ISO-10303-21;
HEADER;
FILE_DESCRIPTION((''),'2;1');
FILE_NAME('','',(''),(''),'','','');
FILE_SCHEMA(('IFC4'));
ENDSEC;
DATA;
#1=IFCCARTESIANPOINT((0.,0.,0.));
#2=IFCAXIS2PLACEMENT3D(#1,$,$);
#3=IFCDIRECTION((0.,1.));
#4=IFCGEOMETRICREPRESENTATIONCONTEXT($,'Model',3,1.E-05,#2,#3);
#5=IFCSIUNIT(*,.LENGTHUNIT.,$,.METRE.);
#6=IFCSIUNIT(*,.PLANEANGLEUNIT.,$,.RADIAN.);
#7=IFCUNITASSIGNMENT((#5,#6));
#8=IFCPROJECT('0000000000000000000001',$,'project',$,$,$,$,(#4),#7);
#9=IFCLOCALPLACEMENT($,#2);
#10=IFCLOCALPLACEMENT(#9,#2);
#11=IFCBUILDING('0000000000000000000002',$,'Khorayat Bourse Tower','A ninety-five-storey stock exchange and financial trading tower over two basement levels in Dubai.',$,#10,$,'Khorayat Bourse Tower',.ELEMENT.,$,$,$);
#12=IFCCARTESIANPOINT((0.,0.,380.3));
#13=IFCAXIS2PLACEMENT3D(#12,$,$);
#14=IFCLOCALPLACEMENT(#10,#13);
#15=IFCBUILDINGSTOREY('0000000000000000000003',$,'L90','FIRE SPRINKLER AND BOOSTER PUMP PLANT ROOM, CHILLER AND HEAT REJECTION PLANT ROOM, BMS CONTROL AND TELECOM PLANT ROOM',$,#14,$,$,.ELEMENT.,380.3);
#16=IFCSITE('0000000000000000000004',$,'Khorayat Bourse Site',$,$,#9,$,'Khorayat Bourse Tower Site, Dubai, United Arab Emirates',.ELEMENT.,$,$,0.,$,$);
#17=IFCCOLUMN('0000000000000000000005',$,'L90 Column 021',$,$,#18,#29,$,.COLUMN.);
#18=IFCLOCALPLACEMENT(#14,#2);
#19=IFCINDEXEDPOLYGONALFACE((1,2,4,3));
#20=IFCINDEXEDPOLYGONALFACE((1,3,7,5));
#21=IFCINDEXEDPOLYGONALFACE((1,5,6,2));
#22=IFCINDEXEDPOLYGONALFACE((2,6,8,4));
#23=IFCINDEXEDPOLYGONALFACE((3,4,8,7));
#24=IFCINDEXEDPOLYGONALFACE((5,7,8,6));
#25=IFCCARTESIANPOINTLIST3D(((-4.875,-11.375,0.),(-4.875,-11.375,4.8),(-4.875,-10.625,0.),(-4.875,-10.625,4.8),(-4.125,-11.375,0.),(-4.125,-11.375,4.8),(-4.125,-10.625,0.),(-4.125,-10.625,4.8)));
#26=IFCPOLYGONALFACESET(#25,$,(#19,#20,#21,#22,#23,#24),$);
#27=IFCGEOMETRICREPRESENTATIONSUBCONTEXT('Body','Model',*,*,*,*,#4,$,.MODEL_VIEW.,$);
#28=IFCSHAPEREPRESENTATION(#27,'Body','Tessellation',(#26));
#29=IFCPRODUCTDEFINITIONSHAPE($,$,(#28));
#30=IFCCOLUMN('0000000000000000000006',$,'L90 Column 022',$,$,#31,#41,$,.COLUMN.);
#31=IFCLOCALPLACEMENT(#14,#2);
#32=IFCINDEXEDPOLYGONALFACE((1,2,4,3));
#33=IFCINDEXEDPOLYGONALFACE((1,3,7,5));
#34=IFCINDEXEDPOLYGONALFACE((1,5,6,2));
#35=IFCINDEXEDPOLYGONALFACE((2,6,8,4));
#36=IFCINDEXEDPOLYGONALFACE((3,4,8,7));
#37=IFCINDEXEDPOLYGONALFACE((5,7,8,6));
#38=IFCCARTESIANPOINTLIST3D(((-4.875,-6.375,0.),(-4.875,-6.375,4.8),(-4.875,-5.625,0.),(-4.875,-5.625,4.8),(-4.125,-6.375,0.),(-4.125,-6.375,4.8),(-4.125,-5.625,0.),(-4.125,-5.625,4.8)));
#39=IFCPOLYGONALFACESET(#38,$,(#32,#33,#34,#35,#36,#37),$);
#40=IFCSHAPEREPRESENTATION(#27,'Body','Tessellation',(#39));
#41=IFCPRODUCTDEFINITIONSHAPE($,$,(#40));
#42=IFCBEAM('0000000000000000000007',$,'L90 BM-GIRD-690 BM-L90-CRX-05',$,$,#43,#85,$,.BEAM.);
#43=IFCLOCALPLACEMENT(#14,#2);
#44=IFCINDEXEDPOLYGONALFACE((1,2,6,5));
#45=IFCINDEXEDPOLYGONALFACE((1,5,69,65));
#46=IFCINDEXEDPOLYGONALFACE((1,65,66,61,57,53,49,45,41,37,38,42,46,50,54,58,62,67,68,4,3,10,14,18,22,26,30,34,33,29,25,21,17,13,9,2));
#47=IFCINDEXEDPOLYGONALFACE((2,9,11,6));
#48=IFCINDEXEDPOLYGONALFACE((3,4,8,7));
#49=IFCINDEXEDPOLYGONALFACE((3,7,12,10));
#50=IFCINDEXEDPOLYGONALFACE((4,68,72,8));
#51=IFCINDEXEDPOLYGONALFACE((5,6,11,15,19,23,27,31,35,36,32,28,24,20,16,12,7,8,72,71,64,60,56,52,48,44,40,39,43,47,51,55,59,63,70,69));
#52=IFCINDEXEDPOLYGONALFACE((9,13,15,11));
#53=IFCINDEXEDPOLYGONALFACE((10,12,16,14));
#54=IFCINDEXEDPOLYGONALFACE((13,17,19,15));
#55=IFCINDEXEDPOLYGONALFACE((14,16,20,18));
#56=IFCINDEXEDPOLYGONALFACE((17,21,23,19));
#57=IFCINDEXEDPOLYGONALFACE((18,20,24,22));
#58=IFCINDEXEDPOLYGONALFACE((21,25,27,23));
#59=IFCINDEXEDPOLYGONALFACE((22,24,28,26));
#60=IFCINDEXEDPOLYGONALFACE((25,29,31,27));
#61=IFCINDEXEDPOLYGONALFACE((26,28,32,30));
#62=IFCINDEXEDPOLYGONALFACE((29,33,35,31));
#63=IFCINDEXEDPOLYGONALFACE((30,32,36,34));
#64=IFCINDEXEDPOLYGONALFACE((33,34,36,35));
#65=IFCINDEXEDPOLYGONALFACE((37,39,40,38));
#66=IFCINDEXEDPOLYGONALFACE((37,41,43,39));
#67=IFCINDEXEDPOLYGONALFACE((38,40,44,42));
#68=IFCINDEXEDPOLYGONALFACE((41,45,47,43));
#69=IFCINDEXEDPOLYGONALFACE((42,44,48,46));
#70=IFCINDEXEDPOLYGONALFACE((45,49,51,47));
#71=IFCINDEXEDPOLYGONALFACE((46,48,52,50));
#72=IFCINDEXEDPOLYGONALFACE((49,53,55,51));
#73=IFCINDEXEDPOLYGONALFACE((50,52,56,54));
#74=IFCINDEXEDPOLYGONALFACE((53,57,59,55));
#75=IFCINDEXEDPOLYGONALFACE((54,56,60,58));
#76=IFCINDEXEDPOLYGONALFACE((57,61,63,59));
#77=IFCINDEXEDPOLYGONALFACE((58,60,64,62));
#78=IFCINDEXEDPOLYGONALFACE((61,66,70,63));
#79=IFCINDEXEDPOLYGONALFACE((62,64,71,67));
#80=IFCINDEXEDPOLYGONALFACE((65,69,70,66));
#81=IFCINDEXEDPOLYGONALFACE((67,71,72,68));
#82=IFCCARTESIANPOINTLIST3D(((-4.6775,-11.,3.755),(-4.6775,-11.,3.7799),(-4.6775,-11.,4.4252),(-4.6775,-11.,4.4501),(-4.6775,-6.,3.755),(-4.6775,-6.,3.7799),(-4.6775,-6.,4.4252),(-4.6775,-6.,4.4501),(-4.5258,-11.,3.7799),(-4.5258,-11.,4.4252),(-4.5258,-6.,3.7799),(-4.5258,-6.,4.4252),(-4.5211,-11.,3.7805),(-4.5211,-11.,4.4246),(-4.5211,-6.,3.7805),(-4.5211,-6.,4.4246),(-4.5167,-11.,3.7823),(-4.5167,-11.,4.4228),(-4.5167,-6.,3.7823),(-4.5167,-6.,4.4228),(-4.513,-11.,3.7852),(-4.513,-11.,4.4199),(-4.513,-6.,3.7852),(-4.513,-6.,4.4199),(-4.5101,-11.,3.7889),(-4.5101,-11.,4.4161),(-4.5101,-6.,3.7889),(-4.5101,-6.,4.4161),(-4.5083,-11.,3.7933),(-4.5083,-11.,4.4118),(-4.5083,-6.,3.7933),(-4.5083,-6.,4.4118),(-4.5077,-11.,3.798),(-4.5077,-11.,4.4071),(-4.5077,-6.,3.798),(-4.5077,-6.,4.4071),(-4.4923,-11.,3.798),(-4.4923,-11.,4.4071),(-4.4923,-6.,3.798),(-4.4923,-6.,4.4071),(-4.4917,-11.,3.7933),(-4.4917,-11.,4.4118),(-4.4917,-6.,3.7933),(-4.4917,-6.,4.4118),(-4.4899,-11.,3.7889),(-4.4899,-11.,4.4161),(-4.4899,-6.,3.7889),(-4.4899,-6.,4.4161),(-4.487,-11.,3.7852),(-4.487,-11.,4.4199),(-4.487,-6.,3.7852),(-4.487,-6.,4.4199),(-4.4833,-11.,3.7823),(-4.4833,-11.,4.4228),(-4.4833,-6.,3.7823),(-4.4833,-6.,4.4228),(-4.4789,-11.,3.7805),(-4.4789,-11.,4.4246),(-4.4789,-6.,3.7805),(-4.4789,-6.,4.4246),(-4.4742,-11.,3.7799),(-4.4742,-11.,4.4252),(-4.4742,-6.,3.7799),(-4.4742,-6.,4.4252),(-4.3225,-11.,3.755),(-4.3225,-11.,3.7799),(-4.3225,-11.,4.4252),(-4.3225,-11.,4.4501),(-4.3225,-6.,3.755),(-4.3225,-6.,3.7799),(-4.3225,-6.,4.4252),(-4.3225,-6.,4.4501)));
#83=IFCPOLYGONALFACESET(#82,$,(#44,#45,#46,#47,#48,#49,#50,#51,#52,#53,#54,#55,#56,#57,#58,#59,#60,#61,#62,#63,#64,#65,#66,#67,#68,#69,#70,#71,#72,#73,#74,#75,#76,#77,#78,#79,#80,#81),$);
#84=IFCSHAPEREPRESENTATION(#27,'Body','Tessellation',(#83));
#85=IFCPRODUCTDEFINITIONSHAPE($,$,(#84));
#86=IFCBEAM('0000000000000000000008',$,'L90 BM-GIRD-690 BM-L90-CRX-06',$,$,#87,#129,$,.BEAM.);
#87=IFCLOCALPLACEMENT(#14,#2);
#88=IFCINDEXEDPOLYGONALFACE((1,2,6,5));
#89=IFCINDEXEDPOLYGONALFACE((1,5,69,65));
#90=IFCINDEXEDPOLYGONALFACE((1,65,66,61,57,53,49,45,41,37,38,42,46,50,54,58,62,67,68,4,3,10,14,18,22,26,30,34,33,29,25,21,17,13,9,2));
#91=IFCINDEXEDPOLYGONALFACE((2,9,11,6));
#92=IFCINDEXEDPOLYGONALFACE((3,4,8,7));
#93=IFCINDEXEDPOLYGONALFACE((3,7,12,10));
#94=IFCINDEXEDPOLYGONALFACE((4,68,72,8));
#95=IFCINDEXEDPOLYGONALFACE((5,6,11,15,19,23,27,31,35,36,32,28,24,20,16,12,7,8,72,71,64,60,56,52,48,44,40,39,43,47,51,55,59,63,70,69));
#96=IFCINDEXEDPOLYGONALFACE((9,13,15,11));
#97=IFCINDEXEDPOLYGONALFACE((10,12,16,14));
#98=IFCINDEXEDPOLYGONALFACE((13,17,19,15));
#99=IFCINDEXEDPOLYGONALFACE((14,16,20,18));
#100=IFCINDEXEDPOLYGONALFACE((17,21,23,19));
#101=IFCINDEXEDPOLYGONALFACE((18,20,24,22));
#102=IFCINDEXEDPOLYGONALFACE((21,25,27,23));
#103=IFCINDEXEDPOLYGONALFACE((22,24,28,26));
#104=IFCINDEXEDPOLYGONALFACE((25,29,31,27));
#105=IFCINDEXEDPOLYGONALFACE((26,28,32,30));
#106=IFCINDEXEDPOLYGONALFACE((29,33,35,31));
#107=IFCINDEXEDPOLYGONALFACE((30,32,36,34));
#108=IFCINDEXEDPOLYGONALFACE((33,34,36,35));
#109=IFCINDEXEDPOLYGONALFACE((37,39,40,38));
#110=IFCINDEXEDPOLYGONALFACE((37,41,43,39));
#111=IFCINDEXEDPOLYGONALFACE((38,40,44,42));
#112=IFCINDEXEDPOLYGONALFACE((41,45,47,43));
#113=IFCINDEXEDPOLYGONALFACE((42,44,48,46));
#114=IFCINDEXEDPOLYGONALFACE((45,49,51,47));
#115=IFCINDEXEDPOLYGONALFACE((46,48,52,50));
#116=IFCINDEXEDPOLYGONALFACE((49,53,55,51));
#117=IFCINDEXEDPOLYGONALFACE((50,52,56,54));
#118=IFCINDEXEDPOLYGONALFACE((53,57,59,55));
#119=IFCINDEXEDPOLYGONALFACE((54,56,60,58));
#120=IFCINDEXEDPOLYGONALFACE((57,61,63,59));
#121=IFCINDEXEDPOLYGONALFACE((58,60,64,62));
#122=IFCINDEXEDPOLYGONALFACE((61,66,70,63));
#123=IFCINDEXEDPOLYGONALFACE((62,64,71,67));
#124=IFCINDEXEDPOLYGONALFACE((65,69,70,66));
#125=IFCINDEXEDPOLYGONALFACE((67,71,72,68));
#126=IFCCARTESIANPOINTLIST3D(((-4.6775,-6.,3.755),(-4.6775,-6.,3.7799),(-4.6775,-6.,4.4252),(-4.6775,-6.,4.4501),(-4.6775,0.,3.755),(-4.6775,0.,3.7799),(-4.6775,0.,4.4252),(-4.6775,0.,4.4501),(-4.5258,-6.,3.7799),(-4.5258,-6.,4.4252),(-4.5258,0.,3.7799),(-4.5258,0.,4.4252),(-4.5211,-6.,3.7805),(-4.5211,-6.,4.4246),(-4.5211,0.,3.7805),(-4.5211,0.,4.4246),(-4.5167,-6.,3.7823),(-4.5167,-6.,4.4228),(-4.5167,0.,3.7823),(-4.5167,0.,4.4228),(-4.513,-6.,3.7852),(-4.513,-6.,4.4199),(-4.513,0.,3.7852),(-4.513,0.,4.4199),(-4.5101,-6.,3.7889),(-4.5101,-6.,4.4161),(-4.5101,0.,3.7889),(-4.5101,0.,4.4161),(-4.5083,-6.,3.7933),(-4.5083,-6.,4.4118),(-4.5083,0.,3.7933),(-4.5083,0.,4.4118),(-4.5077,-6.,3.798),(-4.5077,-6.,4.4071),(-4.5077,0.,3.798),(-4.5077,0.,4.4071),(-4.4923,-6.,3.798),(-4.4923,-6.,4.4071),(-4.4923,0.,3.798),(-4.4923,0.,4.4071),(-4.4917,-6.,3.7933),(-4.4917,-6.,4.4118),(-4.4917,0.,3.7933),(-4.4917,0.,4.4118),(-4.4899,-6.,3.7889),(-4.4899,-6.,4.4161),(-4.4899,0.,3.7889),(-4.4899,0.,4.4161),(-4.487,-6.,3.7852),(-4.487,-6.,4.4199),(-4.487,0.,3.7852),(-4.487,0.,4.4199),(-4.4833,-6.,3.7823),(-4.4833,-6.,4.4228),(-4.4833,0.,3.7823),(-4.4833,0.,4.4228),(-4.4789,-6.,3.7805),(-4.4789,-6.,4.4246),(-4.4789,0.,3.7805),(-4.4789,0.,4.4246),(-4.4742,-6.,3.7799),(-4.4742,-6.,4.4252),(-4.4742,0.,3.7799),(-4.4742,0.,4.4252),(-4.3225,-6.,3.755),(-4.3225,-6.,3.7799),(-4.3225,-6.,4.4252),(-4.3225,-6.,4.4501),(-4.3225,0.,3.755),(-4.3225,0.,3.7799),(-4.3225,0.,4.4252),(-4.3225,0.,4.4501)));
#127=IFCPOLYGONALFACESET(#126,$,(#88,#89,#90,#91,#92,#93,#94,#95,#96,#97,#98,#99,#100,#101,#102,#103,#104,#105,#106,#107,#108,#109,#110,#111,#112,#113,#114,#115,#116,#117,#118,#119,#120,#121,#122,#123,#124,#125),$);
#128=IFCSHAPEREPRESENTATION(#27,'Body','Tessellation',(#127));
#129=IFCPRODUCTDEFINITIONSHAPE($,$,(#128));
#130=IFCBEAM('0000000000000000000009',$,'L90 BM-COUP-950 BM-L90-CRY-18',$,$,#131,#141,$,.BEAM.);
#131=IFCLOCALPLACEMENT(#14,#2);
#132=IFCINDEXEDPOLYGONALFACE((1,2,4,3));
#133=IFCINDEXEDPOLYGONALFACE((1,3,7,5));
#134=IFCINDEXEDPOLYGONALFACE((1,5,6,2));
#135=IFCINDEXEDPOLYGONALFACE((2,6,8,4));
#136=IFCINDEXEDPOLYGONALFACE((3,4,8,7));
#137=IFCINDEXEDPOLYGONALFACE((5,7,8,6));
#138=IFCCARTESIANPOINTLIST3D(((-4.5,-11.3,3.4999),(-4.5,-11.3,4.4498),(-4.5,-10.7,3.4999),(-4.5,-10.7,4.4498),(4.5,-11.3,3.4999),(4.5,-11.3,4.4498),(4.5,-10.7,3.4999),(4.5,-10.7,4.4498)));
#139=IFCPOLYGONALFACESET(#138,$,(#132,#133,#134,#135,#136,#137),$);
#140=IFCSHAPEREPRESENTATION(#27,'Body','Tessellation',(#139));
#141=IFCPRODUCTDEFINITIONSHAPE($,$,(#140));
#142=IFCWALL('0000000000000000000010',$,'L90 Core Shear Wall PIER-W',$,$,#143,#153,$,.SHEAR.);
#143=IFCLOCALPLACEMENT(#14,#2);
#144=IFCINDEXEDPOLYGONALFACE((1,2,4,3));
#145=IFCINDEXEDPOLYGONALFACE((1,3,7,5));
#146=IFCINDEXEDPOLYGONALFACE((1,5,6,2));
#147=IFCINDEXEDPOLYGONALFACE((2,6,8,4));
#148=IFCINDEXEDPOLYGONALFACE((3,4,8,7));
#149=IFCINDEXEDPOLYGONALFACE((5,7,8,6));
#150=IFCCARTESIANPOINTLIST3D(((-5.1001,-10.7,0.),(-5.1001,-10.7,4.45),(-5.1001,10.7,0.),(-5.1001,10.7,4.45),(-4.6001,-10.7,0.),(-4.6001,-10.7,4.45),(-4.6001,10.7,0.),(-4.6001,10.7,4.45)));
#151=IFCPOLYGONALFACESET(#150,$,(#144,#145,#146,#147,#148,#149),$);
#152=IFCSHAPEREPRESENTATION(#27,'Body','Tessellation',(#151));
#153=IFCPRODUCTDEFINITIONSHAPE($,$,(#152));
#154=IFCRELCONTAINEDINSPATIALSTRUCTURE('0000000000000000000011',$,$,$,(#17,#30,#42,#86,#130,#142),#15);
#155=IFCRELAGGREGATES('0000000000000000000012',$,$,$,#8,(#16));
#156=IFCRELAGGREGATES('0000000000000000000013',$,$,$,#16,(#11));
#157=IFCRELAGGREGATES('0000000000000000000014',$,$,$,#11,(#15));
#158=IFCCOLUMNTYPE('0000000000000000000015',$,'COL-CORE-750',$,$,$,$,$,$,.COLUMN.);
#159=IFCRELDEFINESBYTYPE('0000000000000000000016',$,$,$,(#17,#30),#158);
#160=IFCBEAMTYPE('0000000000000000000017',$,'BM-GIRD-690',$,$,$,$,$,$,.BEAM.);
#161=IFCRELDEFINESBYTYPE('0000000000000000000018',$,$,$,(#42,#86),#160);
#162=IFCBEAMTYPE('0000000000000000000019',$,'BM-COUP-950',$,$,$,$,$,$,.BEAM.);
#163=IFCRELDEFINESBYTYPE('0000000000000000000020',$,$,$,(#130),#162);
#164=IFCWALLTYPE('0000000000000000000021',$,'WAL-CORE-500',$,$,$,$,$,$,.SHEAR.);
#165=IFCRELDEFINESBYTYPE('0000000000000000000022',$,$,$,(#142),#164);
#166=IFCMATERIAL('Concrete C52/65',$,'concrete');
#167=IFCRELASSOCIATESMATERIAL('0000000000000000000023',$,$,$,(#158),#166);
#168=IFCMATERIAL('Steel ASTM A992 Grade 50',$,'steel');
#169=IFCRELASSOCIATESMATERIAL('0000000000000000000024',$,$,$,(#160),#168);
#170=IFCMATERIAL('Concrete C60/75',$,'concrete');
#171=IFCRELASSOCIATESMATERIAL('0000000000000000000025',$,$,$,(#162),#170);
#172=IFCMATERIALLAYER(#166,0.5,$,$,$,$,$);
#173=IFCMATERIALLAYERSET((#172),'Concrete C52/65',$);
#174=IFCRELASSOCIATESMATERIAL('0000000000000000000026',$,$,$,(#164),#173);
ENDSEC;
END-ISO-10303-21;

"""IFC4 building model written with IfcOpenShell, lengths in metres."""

from ifc_helpers import new_model, si_unit, direction, frame, frame_2d, origin, origin_2d, place, context, subcontext, project, spatial, rectangle, i_section, extrude, source, transform, mapped, material, layer, layer_set, material_profile, profile_set, type_object, element, save


model = new_model("IFC4")

# Units and contexts
model_context = context("Model", 3, precision=1e-05, world=origin(), true_north=direction((0.0, 1.0)))
body_context = subcontext(model_context, "Body", "Model", "MODEL_VIEW")
ifc_project = project(units=[si_unit("LENGTHUNIT", "METRE"), si_unit("PLANEANGLEUNIT", "RADIAN")], contexts=[model_context])

# Site, building, storey
site_placement = place(None, origin())
site = spatial("IfcSite", under=ifc_project, at=site_placement, Name="Khorayat Bourse Site", LongName="Khorayat Bourse Tower Site, Dubai, United Arab Emirates", CompositionType="ELEMENT", RefElevation=0.0)
building_placement = place(site_placement, origin())
building = spatial("IfcBuilding", under=site, at=building_placement, Name="Khorayat Bourse Tower", Description="A ninety-five-storey stock exchange and financial trading tower over two basement levels in Dubai.", LongName="Khorayat Bourse Tower", CompositionType="ELEMENT")
storey_placement = place(building_placement, frame((0.0, 0.0, 380.3)))
storey = spatial("IfcBuildingStorey", under=building, at=storey_placement, Name="L90", Description="FIRE SPRINKLER AND BOOSTER PUMP PLANT ROOM, CHILLER AND HEAT REJECTION PLANT ROOM, BMS CONTROL AND TELECOM PLANT ROOM", CompositionType="ELEMENT", Elevation=380.3)

# Columns
ifc_material_1 = material(Name="Concrete C52/65", Category="concrete")
ifc_material_profile_1 = material_profile(ifc_material_1, rectangle(XDim=0.75, YDim=0.75, at=origin_2d()), Name="RC 750x750")
ifc_profile_set_1 = profile_set([ifc_material_profile_1], Name="Concrete C52/65")
column_type = type_object("IfcColumnType", Name="COL-CORE-750", PredefinedType="COLUMN", material=ifc_profile_set_1)
shared_shape_1 = source(origin(), body_context, "Body", "SweptSolid", [
    extrude(rectangle(XDim=0.75, YDim=0.75, at=origin_2d()), origin(), (0.0, 0.0, 1.0), 4.8),
])
for number, where, z_axis, x_axis, name in (
    (1, (-4.5, -11.0, 0.0), (0.0, 0.0, 1.0), (1.0, 0.0, 0.0), "L90 Column 021"),
    (2, (-4.5, -6.0, 0.0), (0.0, 0.0, 1.0), (1.0, 0.0, 0.0), "L90 Column 022"),
):
    element("IfcColumn", number, at=place(storey_placement, frame(where, z_axis=z_axis, x_axis=x_axis)), inside=storey, type_object=column_type, Name=name, PredefinedType="COLUMN", context=body_context, shape_type="MappedRepresentation", body=[
        mapped(shared_shape_1, transform((0.0, 0.0, 0.0), scale=1.0)),
    ])

# Beams
ifc_material_2 = material(Name="Steel ASTM A992 Grade 50", Category="steel")
ifc_material_profile_2 = material_profile(ifc_material_2, i_section(OverallWidth=0.355, OverallDepth=0.6951, WebThickness=0.0154, FlangeThickness=0.0249, FilletRadius=0.0181, at=origin_2d()), Name="W690X217")
ifc_profile_set_2 = profile_set([ifc_material_profile_2], Name="Steel ASTM A992 Grade 50")
beam_type_1 = type_object("IfcBeamType", Name="BM-GIRD-690", PredefinedType="BEAM", material=ifc_profile_set_2)
shared_shape_2 = source(origin(), body_context, "Body", "SweptSolid", [
    extrude(i_section(OverallWidth=0.355, OverallDepth=0.6951, WebThickness=0.0154, FlangeThickness=0.0249, FilletRadius=0.0181, at=origin_2d()), origin(), (0.0, 0.0, 1.0), 5.0),
])
beam_1_placement = place(storey_placement, frame((-4.5, -11.0, 4.1025), z_axis=(0.0, 1.0, 0.0), x_axis=(-1.0, 0.0, 0.0)))
element("IfcBeam", 3, at=beam_1_placement, inside=storey, type_object=beam_type_1, Name="L90 BM-GIRD-690 BM-L90-CRX-05", PredefinedType="BEAM", context=body_context, shape_type="MappedRepresentation", body=[
    mapped(shared_shape_2, transform((0.0, 0.0, 0.0), scale=1.0)),
])
shared_shape_3 = source(origin(), body_context, "Body", "SweptSolid", [
    extrude(i_section(OverallWidth=0.355, OverallDepth=0.6951, WebThickness=0.0154, FlangeThickness=0.0249, FilletRadius=0.0181, at=origin_2d()), origin(), (0.0, 0.0, 1.0), 6.0),
])
beam_2_placement = place(storey_placement, frame((-4.5, -6.0, 4.1025), z_axis=(0.0, 1.0, 0.0), x_axis=(-1.0, 0.0, 0.0)))
element("IfcBeam", 4, at=beam_2_placement, inside=storey, type_object=beam_type_1, Name="L90 BM-GIRD-690 BM-L90-CRX-06", PredefinedType="BEAM", context=body_context, shape_type="MappedRepresentation", body=[
    mapped(shared_shape_3, transform((0.0, 0.0, 0.0), scale=1.0)),
])
ifc_material_3 = material(Name="Concrete C60/75", Category="concrete")
ifc_material_profile_3 = material_profile(ifc_material_3, rectangle(XDim=0.6001, YDim=0.95, at=origin_2d()), Name="RC 600x950")
ifc_profile_set_3 = profile_set([ifc_material_profile_3], Name="Concrete C60/75")
beam_type_2 = type_object("IfcBeamType", Name="BM-COUP-950", PredefinedType="BEAM", material=ifc_profile_set_3)
shared_shape_4 = source(origin(), body_context, "Body", "SweptSolid", [
    extrude(rectangle(XDim=0.6001, YDim=0.95, at=origin_2d()), origin(), (0.0, 0.0, 1.0), 9.0),
])
beam_3_placement = place(storey_placement, frame((-4.5, -11.0, 3.9749), z_axis=(1.0, 0.0, 0.0), x_axis=(0.0, 1.0, 0.0)))
element("IfcBeam", 5, at=beam_3_placement, inside=storey, type_object=beam_type_2, Name="L90 BM-COUP-950 BM-L90-CRY-18", PredefinedType="BEAM", context=body_context, shape_type="MappedRepresentation", body=[
    mapped(shared_shape_4, transform((0.0, 0.0, 0.0), scale=1.0)),
])

# Wall
ifc_layer_1 = layer(ifc_material_1, 0.5)
ifc_layer_set_1 = layer_set([ifc_layer_1], Name="Concrete C52/65")
wall_type_1 = type_object("IfcWallType", Name="WAL-CORE-500", PredefinedType="SHEAR", material=ifc_layer_set_1)
shared_shape_5 = source(origin(), body_context, "Body", "SweptSolid", [
    extrude(rectangle(XDim=21.3999, YDim=0.5, at=frame_2d((10.7, 0.0))), origin(), (0.0, 0.0, 1.0), 4.45),
])
wall_1_placement = place(storey_placement, frame((-4.8501, -10.7, 0.0), z_axis=(0.0, 0.0, 1.0), x_axis=(0.0, 1.0, 0.0)))
element("IfcWall", 6, at=wall_1_placement, inside=storey, type_object=wall_type_1, Name="L90 Core Shear Wall PIER-W", PredefinedType="SHEAR", context=body_context, shape_type="MappedRepresentation", body=[
    mapped(shared_shape_5, transform((0.0, 0.0, 0.0), scale=1.0)),
])

save(model, "model.ifc")
